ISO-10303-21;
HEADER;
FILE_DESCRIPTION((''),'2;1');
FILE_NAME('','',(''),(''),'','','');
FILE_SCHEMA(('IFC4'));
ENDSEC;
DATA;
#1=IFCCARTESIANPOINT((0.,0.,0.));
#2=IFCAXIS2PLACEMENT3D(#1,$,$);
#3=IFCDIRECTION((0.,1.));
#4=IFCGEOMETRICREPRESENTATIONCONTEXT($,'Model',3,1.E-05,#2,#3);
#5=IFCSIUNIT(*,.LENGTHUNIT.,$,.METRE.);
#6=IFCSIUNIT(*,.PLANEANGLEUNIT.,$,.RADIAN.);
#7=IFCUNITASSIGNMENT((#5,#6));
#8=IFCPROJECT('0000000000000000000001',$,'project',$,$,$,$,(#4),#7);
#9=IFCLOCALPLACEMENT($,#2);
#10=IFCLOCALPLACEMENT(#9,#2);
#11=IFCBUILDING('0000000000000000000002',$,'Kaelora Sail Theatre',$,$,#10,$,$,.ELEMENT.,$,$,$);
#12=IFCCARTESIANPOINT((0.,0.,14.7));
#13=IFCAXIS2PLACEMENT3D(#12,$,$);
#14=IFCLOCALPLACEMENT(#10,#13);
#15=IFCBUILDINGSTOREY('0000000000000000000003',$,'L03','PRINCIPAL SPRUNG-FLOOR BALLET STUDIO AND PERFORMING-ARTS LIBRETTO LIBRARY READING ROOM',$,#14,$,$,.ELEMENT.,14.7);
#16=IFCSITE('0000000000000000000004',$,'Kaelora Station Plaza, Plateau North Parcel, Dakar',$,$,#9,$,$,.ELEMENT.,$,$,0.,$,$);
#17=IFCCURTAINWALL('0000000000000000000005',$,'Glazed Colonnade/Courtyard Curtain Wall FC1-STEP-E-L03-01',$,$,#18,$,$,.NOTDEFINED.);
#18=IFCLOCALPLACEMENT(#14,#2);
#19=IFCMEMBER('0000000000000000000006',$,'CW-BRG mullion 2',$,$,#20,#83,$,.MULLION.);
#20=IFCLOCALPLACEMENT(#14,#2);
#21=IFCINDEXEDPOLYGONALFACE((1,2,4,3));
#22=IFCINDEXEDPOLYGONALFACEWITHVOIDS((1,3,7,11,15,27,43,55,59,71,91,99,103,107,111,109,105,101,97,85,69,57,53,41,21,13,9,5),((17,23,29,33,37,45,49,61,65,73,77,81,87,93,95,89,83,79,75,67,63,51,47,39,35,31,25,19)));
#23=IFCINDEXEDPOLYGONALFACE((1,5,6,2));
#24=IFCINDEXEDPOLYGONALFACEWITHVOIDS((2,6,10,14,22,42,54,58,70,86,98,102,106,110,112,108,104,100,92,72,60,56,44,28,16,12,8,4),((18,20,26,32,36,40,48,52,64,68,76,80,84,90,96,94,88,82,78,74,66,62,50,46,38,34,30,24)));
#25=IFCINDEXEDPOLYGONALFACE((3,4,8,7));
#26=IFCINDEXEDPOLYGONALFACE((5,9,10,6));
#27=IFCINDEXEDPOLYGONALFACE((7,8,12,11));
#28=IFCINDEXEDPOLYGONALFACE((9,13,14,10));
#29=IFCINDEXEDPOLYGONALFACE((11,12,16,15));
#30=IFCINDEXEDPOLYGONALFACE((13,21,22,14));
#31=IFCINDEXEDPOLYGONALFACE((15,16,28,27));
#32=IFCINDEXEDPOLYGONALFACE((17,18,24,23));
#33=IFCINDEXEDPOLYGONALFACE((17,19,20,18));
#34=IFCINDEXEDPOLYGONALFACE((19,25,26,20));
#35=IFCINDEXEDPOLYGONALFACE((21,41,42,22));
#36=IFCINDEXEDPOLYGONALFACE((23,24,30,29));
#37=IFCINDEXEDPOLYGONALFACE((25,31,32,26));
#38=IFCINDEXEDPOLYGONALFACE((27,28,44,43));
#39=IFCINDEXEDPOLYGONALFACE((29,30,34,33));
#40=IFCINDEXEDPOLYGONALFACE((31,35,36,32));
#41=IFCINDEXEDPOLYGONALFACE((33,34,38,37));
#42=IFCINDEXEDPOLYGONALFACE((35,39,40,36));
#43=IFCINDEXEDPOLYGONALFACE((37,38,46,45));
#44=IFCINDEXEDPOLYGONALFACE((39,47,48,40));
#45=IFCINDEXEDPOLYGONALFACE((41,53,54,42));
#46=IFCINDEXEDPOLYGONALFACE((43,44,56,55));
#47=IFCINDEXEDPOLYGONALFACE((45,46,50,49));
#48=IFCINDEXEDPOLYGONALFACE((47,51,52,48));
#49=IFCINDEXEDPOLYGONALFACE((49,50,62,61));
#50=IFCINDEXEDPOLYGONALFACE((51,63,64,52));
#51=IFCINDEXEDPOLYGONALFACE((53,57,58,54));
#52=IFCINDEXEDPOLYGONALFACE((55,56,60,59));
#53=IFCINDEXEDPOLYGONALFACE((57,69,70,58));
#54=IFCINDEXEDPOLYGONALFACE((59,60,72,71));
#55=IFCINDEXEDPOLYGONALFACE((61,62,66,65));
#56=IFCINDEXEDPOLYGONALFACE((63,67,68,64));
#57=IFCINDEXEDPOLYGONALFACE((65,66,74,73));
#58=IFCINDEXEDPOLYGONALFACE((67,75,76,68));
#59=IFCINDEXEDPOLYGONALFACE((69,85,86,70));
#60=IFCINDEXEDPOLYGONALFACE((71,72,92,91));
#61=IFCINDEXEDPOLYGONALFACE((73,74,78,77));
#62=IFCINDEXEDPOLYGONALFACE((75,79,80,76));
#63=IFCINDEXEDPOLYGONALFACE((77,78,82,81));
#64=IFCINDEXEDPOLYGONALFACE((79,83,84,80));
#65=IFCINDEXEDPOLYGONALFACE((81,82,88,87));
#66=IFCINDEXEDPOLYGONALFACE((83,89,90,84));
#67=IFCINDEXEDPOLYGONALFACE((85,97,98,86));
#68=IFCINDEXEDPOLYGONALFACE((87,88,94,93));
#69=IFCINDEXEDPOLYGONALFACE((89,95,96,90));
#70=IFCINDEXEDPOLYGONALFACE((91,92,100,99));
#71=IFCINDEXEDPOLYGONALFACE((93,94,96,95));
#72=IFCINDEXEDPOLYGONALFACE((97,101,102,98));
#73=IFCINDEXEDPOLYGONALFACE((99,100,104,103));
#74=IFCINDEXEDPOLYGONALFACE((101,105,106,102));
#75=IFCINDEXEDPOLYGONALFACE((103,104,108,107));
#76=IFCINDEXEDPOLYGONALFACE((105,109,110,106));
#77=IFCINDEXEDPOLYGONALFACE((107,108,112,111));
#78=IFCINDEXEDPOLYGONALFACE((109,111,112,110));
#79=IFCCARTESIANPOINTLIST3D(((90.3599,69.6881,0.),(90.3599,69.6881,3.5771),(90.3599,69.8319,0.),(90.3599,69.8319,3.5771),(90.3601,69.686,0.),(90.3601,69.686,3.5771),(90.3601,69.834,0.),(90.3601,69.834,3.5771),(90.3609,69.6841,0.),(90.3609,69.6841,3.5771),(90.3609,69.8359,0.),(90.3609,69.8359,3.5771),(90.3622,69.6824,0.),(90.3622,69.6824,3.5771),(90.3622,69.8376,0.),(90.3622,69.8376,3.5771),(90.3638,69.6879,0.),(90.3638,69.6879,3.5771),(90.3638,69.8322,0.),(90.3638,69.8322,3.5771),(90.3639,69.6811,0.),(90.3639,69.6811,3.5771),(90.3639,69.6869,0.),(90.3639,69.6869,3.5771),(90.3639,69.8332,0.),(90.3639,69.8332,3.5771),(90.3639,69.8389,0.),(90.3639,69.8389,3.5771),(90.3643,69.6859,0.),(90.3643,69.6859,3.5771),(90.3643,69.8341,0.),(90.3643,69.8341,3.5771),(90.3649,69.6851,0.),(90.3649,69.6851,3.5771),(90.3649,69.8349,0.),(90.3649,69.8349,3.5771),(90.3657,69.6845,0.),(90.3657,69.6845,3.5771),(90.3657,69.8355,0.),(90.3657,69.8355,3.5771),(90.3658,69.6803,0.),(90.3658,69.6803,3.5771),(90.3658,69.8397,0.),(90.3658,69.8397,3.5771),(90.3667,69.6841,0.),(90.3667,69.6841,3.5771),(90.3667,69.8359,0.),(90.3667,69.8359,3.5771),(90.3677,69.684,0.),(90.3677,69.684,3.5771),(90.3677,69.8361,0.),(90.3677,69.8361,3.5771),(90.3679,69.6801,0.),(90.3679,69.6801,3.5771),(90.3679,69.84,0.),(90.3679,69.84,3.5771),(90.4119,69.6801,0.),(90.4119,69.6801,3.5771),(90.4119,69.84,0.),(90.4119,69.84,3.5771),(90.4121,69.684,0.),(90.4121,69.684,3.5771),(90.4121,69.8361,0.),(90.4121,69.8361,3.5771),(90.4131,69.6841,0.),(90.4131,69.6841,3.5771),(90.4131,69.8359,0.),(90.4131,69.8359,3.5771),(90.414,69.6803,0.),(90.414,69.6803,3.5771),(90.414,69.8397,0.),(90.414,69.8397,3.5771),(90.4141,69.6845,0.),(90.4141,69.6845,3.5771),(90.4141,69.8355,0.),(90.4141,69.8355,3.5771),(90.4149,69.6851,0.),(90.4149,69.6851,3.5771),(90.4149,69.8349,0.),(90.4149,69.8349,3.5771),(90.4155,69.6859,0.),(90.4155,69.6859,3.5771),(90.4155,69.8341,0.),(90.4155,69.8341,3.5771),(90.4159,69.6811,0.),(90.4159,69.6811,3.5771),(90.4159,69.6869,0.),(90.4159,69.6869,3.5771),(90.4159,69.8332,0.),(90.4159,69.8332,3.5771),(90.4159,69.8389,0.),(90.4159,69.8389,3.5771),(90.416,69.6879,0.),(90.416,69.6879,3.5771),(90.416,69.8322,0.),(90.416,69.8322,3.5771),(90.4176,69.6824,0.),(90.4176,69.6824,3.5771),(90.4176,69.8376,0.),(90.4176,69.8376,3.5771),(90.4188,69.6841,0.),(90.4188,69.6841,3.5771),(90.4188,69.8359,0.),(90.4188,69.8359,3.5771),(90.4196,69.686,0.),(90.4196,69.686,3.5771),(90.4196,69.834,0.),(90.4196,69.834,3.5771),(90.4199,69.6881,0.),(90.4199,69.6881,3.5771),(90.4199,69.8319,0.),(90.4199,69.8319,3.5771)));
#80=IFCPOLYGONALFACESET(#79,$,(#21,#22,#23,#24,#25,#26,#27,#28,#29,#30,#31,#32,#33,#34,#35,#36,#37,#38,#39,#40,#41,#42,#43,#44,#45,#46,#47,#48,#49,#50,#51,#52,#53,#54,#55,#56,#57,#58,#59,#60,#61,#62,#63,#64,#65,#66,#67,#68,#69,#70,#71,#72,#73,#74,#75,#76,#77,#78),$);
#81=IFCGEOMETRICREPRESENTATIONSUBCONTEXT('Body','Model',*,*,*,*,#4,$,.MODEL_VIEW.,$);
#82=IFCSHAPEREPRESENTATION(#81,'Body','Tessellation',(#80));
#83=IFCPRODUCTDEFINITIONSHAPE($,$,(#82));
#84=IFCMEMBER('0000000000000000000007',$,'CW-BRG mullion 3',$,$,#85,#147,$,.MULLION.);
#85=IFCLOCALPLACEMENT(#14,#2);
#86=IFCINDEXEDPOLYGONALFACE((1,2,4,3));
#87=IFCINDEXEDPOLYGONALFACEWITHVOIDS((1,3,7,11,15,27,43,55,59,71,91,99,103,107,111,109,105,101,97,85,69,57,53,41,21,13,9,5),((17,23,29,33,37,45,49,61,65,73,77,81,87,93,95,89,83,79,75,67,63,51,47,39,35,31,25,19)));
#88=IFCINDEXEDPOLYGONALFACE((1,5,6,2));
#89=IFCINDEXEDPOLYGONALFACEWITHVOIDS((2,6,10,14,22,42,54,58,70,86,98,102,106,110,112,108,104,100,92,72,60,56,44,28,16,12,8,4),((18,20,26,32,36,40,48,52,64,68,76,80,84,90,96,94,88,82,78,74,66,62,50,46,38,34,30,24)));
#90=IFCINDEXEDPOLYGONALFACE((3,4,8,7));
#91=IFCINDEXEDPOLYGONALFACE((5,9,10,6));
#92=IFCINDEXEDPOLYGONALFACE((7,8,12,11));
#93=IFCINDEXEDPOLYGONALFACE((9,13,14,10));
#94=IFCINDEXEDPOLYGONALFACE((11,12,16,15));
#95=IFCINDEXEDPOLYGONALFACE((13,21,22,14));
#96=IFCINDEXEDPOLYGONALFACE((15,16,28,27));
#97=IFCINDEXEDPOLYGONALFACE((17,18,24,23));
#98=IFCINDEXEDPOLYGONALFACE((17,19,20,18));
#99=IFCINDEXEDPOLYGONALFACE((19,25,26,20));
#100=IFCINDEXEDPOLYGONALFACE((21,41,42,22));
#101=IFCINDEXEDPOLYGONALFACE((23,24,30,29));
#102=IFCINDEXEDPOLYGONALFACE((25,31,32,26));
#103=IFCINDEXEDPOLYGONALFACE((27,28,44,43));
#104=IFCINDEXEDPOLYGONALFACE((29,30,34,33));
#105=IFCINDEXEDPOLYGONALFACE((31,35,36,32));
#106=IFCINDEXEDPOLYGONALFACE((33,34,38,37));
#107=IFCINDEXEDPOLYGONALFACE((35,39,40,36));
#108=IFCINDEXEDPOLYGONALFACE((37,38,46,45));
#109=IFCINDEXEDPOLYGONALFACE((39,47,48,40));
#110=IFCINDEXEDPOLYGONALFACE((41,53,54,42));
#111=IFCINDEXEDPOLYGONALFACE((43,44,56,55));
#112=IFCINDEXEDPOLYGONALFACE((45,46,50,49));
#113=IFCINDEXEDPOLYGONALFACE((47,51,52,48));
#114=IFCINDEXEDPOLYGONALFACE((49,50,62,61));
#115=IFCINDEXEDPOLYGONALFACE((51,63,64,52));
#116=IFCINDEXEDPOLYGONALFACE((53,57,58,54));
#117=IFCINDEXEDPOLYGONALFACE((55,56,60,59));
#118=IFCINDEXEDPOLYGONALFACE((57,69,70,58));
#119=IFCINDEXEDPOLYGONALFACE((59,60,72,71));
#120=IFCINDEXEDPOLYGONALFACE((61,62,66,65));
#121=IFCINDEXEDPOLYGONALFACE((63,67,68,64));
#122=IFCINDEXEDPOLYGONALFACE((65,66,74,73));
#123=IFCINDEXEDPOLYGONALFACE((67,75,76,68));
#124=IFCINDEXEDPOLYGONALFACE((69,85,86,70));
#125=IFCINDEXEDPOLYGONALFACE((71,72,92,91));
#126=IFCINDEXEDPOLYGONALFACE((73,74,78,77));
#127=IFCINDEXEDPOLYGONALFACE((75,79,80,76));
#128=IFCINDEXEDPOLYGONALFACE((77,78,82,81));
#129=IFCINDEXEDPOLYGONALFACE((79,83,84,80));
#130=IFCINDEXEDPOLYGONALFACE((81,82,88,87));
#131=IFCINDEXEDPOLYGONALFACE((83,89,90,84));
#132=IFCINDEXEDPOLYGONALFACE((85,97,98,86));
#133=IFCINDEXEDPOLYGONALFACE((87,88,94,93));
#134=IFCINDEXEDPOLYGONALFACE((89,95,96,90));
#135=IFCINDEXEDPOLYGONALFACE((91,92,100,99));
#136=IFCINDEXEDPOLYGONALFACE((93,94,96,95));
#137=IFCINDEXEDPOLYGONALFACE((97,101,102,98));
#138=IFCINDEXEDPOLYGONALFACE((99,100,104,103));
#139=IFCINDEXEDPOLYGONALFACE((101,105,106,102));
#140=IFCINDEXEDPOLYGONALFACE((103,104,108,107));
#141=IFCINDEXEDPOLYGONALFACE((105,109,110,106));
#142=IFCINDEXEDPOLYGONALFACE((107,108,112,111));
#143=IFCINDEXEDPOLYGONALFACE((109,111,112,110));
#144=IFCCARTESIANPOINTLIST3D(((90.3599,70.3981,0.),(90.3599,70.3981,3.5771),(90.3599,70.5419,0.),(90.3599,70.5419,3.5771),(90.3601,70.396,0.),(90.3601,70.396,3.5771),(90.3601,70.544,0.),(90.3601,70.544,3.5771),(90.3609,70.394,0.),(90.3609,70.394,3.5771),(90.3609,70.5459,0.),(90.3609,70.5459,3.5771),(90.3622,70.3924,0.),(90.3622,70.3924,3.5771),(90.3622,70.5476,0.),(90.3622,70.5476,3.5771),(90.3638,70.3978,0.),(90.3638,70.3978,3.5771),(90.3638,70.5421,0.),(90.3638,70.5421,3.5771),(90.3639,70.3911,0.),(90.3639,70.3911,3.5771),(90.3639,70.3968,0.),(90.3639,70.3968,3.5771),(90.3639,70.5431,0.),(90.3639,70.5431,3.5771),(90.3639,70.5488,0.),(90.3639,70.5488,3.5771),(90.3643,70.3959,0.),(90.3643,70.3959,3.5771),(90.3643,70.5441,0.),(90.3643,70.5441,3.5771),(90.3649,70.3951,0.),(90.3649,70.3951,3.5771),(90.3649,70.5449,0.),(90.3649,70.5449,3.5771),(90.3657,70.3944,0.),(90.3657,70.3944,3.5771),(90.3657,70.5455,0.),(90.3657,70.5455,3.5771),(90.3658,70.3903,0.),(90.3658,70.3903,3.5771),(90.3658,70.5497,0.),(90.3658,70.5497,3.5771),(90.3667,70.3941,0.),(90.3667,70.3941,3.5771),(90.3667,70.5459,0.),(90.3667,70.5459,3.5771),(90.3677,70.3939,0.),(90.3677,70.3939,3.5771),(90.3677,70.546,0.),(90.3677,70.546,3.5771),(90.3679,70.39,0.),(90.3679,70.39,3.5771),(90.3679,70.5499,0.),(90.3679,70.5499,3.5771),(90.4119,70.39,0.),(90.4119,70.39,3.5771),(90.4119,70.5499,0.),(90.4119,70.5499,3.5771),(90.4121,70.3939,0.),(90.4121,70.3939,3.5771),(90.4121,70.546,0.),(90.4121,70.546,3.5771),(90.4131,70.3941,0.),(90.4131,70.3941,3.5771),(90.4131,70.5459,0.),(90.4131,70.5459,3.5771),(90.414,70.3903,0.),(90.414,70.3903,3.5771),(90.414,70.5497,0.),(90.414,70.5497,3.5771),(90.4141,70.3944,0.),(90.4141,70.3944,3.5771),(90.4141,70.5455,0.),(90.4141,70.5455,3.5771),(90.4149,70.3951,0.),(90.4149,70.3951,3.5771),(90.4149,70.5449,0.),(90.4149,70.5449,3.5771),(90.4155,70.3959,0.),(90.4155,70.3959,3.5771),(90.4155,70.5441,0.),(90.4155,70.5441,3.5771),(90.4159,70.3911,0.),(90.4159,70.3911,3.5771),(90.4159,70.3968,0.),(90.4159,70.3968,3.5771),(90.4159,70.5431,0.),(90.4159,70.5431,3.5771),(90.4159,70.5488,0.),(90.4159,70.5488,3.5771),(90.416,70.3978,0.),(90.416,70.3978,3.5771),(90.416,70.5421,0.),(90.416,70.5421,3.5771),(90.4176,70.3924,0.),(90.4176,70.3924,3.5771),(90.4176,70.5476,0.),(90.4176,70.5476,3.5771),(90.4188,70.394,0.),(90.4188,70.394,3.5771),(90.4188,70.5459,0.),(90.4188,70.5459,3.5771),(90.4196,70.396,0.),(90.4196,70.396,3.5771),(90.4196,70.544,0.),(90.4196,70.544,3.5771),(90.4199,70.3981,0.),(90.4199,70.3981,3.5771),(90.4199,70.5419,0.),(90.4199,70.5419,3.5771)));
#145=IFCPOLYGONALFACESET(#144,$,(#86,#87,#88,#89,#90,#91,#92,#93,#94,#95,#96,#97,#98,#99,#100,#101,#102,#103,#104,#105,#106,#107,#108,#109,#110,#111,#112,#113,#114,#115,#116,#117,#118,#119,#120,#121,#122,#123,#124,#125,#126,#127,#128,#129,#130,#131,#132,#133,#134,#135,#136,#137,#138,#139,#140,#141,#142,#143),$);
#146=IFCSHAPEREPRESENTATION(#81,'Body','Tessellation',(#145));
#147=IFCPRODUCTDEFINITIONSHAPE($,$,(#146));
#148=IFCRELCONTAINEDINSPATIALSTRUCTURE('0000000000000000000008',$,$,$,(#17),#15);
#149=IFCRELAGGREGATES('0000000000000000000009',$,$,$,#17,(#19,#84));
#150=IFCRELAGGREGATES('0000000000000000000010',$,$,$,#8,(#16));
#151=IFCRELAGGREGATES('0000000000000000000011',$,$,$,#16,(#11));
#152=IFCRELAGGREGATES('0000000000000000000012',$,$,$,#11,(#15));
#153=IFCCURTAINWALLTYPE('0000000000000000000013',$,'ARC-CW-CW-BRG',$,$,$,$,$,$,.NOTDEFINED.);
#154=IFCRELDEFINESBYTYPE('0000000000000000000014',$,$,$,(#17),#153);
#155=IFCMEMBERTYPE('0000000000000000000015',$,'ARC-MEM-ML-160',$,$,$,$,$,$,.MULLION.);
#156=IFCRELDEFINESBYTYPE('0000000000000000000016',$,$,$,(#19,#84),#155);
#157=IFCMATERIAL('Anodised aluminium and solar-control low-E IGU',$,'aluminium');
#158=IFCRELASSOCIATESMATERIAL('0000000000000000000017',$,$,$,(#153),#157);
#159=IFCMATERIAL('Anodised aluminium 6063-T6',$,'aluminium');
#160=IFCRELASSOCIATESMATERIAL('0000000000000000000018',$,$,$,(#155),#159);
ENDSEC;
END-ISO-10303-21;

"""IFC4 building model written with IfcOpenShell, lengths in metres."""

from ifc_helpers import new_model, si_unit, direction, frame, origin, origin_2d, place, context, subcontext, project, spatial, hollow_rectangle, extrude, material, material_profile, profile_set, type_object, element, aggregate, save


model = new_model("IFC4")

# Units and contexts
model_context = context("Model", 3, precision=1e-05, world=origin(), true_north=direction((0.0, 1.0)))
body_context = subcontext(model_context, "Body", "Model", "MODEL_VIEW")
ifc_project = project(units=[si_unit("LENGTHUNIT", "METRE"), si_unit("PLANEANGLEUNIT", "RADIAN")], contexts=[model_context])

# Site, building, storey
site_placement = place(None, origin())
site = spatial("IfcSite", under=ifc_project, at=site_placement, Name="Kaelora Station Plaza, Plateau North Parcel, Dakar", CompositionType="ELEMENT", RefElevation=0.0)
building_placement = place(site_placement, origin())
building = spatial("IfcBuilding", under=site, at=building_placement, Name="Kaelora Sail Theatre", CompositionType="ELEMENT")
storey_placement = place(building_placement, frame((0.0, 0.0, 14.7)))
storey = spatial("IfcBuildingStorey", under=building, at=storey_placement, Name="L03", Description="PRINCIPAL SPRUNG-FLOOR BALLET STUDIO AND PERFORMING-ARTS LIBRETTO LIBRARY READING ROOM", CompositionType="ELEMENT", Elevation=14.7)

# Shared definitions
ifc_material_1 = material(Name="Anodised aluminium and solar-control low-E IGU", Category="aluminium")
curtain_wall_type = type_object("IfcCurtainWallType", Name="ARC-CW-CW-BRG", PredefinedType="NOTDEFINED", material=ifc_material_1)
ifc_material_2 = material(Name="Anodised aluminium 6063-T6", Category="aluminium")
ifc_material_profile_1 = material_profile(ifc_material_2, hollow_rectangle(XDim=0.0601, YDim=0.1599, WallThickness=0.0039, InnerFilletRadius=0.0039, OuterFilletRadius=0.0081, at=origin_2d()), Name="ALU-MULL 60x160x4")
ifc_profile_set_1 = profile_set([ifc_material_profile_1], Name="Anodised aluminium 6063-T6")
member_type_1 = type_object("IfcMemberType", Name="ARC-MEM-ML-160", PredefinedType="MULLION", material=ifc_profile_set_1)

# Curtain wall, members
curtain_wall_1_placement = place(storey_placement, origin())
curtain_wall_1 = element("IfcCurtainWall", 1, at=curtain_wall_1_placement, inside=storey, type_object=curtain_wall_type, Name="Glazed Colonnade/Courtyard Curtain Wall FC1-STEP-E-L03-01", PredefinedType="NOTDEFINED")
member_1_placement = place(storey_placement, frame((90.3899, 69.76, 0.0), z_axis=(0.0, 0.0, 1.0), x_axis=(-1.0, 0.0, 0.0)))
member_1 = element("IfcMember", 2, at=member_1_placement, type_object=member_type_1, Name="CW-BRG mullion 2", PredefinedType="MULLION", context=body_context, shape_type="SweptSolid", body=[
    extrude(hollow_rectangle(XDim=0.0601, YDim=0.1599, WallThickness=0.0039, InnerFilletRadius=0.0039, OuterFilletRadius=0.0081, at=origin_2d()), origin(), (0.0, 0.0, 1.0), 3.5771),
])
member_2_placement = place(storey_placement, frame((90.3899, 70.47, 0.0), z_axis=(0.0, 0.0, 1.0), x_axis=(-1.0, 0.0, 0.0)))
member_2 = element("IfcMember", 3, at=member_2_placement, type_object=member_type_1, Name="CW-BRG mullion 3", PredefinedType="MULLION", context=body_context, shape_type="SweptSolid", body=[
    extrude(hollow_rectangle(XDim=0.0601, YDim=0.1599, WallThickness=0.0039, InnerFilletRadius=0.0039, OuterFilletRadius=0.0081, at=origin_2d()), origin(), (0.0, 0.0, 1.0), 3.5771),
])

aggregate(curtain_wall_1, [member_1, member_2])

save(model, "model.ifc")
